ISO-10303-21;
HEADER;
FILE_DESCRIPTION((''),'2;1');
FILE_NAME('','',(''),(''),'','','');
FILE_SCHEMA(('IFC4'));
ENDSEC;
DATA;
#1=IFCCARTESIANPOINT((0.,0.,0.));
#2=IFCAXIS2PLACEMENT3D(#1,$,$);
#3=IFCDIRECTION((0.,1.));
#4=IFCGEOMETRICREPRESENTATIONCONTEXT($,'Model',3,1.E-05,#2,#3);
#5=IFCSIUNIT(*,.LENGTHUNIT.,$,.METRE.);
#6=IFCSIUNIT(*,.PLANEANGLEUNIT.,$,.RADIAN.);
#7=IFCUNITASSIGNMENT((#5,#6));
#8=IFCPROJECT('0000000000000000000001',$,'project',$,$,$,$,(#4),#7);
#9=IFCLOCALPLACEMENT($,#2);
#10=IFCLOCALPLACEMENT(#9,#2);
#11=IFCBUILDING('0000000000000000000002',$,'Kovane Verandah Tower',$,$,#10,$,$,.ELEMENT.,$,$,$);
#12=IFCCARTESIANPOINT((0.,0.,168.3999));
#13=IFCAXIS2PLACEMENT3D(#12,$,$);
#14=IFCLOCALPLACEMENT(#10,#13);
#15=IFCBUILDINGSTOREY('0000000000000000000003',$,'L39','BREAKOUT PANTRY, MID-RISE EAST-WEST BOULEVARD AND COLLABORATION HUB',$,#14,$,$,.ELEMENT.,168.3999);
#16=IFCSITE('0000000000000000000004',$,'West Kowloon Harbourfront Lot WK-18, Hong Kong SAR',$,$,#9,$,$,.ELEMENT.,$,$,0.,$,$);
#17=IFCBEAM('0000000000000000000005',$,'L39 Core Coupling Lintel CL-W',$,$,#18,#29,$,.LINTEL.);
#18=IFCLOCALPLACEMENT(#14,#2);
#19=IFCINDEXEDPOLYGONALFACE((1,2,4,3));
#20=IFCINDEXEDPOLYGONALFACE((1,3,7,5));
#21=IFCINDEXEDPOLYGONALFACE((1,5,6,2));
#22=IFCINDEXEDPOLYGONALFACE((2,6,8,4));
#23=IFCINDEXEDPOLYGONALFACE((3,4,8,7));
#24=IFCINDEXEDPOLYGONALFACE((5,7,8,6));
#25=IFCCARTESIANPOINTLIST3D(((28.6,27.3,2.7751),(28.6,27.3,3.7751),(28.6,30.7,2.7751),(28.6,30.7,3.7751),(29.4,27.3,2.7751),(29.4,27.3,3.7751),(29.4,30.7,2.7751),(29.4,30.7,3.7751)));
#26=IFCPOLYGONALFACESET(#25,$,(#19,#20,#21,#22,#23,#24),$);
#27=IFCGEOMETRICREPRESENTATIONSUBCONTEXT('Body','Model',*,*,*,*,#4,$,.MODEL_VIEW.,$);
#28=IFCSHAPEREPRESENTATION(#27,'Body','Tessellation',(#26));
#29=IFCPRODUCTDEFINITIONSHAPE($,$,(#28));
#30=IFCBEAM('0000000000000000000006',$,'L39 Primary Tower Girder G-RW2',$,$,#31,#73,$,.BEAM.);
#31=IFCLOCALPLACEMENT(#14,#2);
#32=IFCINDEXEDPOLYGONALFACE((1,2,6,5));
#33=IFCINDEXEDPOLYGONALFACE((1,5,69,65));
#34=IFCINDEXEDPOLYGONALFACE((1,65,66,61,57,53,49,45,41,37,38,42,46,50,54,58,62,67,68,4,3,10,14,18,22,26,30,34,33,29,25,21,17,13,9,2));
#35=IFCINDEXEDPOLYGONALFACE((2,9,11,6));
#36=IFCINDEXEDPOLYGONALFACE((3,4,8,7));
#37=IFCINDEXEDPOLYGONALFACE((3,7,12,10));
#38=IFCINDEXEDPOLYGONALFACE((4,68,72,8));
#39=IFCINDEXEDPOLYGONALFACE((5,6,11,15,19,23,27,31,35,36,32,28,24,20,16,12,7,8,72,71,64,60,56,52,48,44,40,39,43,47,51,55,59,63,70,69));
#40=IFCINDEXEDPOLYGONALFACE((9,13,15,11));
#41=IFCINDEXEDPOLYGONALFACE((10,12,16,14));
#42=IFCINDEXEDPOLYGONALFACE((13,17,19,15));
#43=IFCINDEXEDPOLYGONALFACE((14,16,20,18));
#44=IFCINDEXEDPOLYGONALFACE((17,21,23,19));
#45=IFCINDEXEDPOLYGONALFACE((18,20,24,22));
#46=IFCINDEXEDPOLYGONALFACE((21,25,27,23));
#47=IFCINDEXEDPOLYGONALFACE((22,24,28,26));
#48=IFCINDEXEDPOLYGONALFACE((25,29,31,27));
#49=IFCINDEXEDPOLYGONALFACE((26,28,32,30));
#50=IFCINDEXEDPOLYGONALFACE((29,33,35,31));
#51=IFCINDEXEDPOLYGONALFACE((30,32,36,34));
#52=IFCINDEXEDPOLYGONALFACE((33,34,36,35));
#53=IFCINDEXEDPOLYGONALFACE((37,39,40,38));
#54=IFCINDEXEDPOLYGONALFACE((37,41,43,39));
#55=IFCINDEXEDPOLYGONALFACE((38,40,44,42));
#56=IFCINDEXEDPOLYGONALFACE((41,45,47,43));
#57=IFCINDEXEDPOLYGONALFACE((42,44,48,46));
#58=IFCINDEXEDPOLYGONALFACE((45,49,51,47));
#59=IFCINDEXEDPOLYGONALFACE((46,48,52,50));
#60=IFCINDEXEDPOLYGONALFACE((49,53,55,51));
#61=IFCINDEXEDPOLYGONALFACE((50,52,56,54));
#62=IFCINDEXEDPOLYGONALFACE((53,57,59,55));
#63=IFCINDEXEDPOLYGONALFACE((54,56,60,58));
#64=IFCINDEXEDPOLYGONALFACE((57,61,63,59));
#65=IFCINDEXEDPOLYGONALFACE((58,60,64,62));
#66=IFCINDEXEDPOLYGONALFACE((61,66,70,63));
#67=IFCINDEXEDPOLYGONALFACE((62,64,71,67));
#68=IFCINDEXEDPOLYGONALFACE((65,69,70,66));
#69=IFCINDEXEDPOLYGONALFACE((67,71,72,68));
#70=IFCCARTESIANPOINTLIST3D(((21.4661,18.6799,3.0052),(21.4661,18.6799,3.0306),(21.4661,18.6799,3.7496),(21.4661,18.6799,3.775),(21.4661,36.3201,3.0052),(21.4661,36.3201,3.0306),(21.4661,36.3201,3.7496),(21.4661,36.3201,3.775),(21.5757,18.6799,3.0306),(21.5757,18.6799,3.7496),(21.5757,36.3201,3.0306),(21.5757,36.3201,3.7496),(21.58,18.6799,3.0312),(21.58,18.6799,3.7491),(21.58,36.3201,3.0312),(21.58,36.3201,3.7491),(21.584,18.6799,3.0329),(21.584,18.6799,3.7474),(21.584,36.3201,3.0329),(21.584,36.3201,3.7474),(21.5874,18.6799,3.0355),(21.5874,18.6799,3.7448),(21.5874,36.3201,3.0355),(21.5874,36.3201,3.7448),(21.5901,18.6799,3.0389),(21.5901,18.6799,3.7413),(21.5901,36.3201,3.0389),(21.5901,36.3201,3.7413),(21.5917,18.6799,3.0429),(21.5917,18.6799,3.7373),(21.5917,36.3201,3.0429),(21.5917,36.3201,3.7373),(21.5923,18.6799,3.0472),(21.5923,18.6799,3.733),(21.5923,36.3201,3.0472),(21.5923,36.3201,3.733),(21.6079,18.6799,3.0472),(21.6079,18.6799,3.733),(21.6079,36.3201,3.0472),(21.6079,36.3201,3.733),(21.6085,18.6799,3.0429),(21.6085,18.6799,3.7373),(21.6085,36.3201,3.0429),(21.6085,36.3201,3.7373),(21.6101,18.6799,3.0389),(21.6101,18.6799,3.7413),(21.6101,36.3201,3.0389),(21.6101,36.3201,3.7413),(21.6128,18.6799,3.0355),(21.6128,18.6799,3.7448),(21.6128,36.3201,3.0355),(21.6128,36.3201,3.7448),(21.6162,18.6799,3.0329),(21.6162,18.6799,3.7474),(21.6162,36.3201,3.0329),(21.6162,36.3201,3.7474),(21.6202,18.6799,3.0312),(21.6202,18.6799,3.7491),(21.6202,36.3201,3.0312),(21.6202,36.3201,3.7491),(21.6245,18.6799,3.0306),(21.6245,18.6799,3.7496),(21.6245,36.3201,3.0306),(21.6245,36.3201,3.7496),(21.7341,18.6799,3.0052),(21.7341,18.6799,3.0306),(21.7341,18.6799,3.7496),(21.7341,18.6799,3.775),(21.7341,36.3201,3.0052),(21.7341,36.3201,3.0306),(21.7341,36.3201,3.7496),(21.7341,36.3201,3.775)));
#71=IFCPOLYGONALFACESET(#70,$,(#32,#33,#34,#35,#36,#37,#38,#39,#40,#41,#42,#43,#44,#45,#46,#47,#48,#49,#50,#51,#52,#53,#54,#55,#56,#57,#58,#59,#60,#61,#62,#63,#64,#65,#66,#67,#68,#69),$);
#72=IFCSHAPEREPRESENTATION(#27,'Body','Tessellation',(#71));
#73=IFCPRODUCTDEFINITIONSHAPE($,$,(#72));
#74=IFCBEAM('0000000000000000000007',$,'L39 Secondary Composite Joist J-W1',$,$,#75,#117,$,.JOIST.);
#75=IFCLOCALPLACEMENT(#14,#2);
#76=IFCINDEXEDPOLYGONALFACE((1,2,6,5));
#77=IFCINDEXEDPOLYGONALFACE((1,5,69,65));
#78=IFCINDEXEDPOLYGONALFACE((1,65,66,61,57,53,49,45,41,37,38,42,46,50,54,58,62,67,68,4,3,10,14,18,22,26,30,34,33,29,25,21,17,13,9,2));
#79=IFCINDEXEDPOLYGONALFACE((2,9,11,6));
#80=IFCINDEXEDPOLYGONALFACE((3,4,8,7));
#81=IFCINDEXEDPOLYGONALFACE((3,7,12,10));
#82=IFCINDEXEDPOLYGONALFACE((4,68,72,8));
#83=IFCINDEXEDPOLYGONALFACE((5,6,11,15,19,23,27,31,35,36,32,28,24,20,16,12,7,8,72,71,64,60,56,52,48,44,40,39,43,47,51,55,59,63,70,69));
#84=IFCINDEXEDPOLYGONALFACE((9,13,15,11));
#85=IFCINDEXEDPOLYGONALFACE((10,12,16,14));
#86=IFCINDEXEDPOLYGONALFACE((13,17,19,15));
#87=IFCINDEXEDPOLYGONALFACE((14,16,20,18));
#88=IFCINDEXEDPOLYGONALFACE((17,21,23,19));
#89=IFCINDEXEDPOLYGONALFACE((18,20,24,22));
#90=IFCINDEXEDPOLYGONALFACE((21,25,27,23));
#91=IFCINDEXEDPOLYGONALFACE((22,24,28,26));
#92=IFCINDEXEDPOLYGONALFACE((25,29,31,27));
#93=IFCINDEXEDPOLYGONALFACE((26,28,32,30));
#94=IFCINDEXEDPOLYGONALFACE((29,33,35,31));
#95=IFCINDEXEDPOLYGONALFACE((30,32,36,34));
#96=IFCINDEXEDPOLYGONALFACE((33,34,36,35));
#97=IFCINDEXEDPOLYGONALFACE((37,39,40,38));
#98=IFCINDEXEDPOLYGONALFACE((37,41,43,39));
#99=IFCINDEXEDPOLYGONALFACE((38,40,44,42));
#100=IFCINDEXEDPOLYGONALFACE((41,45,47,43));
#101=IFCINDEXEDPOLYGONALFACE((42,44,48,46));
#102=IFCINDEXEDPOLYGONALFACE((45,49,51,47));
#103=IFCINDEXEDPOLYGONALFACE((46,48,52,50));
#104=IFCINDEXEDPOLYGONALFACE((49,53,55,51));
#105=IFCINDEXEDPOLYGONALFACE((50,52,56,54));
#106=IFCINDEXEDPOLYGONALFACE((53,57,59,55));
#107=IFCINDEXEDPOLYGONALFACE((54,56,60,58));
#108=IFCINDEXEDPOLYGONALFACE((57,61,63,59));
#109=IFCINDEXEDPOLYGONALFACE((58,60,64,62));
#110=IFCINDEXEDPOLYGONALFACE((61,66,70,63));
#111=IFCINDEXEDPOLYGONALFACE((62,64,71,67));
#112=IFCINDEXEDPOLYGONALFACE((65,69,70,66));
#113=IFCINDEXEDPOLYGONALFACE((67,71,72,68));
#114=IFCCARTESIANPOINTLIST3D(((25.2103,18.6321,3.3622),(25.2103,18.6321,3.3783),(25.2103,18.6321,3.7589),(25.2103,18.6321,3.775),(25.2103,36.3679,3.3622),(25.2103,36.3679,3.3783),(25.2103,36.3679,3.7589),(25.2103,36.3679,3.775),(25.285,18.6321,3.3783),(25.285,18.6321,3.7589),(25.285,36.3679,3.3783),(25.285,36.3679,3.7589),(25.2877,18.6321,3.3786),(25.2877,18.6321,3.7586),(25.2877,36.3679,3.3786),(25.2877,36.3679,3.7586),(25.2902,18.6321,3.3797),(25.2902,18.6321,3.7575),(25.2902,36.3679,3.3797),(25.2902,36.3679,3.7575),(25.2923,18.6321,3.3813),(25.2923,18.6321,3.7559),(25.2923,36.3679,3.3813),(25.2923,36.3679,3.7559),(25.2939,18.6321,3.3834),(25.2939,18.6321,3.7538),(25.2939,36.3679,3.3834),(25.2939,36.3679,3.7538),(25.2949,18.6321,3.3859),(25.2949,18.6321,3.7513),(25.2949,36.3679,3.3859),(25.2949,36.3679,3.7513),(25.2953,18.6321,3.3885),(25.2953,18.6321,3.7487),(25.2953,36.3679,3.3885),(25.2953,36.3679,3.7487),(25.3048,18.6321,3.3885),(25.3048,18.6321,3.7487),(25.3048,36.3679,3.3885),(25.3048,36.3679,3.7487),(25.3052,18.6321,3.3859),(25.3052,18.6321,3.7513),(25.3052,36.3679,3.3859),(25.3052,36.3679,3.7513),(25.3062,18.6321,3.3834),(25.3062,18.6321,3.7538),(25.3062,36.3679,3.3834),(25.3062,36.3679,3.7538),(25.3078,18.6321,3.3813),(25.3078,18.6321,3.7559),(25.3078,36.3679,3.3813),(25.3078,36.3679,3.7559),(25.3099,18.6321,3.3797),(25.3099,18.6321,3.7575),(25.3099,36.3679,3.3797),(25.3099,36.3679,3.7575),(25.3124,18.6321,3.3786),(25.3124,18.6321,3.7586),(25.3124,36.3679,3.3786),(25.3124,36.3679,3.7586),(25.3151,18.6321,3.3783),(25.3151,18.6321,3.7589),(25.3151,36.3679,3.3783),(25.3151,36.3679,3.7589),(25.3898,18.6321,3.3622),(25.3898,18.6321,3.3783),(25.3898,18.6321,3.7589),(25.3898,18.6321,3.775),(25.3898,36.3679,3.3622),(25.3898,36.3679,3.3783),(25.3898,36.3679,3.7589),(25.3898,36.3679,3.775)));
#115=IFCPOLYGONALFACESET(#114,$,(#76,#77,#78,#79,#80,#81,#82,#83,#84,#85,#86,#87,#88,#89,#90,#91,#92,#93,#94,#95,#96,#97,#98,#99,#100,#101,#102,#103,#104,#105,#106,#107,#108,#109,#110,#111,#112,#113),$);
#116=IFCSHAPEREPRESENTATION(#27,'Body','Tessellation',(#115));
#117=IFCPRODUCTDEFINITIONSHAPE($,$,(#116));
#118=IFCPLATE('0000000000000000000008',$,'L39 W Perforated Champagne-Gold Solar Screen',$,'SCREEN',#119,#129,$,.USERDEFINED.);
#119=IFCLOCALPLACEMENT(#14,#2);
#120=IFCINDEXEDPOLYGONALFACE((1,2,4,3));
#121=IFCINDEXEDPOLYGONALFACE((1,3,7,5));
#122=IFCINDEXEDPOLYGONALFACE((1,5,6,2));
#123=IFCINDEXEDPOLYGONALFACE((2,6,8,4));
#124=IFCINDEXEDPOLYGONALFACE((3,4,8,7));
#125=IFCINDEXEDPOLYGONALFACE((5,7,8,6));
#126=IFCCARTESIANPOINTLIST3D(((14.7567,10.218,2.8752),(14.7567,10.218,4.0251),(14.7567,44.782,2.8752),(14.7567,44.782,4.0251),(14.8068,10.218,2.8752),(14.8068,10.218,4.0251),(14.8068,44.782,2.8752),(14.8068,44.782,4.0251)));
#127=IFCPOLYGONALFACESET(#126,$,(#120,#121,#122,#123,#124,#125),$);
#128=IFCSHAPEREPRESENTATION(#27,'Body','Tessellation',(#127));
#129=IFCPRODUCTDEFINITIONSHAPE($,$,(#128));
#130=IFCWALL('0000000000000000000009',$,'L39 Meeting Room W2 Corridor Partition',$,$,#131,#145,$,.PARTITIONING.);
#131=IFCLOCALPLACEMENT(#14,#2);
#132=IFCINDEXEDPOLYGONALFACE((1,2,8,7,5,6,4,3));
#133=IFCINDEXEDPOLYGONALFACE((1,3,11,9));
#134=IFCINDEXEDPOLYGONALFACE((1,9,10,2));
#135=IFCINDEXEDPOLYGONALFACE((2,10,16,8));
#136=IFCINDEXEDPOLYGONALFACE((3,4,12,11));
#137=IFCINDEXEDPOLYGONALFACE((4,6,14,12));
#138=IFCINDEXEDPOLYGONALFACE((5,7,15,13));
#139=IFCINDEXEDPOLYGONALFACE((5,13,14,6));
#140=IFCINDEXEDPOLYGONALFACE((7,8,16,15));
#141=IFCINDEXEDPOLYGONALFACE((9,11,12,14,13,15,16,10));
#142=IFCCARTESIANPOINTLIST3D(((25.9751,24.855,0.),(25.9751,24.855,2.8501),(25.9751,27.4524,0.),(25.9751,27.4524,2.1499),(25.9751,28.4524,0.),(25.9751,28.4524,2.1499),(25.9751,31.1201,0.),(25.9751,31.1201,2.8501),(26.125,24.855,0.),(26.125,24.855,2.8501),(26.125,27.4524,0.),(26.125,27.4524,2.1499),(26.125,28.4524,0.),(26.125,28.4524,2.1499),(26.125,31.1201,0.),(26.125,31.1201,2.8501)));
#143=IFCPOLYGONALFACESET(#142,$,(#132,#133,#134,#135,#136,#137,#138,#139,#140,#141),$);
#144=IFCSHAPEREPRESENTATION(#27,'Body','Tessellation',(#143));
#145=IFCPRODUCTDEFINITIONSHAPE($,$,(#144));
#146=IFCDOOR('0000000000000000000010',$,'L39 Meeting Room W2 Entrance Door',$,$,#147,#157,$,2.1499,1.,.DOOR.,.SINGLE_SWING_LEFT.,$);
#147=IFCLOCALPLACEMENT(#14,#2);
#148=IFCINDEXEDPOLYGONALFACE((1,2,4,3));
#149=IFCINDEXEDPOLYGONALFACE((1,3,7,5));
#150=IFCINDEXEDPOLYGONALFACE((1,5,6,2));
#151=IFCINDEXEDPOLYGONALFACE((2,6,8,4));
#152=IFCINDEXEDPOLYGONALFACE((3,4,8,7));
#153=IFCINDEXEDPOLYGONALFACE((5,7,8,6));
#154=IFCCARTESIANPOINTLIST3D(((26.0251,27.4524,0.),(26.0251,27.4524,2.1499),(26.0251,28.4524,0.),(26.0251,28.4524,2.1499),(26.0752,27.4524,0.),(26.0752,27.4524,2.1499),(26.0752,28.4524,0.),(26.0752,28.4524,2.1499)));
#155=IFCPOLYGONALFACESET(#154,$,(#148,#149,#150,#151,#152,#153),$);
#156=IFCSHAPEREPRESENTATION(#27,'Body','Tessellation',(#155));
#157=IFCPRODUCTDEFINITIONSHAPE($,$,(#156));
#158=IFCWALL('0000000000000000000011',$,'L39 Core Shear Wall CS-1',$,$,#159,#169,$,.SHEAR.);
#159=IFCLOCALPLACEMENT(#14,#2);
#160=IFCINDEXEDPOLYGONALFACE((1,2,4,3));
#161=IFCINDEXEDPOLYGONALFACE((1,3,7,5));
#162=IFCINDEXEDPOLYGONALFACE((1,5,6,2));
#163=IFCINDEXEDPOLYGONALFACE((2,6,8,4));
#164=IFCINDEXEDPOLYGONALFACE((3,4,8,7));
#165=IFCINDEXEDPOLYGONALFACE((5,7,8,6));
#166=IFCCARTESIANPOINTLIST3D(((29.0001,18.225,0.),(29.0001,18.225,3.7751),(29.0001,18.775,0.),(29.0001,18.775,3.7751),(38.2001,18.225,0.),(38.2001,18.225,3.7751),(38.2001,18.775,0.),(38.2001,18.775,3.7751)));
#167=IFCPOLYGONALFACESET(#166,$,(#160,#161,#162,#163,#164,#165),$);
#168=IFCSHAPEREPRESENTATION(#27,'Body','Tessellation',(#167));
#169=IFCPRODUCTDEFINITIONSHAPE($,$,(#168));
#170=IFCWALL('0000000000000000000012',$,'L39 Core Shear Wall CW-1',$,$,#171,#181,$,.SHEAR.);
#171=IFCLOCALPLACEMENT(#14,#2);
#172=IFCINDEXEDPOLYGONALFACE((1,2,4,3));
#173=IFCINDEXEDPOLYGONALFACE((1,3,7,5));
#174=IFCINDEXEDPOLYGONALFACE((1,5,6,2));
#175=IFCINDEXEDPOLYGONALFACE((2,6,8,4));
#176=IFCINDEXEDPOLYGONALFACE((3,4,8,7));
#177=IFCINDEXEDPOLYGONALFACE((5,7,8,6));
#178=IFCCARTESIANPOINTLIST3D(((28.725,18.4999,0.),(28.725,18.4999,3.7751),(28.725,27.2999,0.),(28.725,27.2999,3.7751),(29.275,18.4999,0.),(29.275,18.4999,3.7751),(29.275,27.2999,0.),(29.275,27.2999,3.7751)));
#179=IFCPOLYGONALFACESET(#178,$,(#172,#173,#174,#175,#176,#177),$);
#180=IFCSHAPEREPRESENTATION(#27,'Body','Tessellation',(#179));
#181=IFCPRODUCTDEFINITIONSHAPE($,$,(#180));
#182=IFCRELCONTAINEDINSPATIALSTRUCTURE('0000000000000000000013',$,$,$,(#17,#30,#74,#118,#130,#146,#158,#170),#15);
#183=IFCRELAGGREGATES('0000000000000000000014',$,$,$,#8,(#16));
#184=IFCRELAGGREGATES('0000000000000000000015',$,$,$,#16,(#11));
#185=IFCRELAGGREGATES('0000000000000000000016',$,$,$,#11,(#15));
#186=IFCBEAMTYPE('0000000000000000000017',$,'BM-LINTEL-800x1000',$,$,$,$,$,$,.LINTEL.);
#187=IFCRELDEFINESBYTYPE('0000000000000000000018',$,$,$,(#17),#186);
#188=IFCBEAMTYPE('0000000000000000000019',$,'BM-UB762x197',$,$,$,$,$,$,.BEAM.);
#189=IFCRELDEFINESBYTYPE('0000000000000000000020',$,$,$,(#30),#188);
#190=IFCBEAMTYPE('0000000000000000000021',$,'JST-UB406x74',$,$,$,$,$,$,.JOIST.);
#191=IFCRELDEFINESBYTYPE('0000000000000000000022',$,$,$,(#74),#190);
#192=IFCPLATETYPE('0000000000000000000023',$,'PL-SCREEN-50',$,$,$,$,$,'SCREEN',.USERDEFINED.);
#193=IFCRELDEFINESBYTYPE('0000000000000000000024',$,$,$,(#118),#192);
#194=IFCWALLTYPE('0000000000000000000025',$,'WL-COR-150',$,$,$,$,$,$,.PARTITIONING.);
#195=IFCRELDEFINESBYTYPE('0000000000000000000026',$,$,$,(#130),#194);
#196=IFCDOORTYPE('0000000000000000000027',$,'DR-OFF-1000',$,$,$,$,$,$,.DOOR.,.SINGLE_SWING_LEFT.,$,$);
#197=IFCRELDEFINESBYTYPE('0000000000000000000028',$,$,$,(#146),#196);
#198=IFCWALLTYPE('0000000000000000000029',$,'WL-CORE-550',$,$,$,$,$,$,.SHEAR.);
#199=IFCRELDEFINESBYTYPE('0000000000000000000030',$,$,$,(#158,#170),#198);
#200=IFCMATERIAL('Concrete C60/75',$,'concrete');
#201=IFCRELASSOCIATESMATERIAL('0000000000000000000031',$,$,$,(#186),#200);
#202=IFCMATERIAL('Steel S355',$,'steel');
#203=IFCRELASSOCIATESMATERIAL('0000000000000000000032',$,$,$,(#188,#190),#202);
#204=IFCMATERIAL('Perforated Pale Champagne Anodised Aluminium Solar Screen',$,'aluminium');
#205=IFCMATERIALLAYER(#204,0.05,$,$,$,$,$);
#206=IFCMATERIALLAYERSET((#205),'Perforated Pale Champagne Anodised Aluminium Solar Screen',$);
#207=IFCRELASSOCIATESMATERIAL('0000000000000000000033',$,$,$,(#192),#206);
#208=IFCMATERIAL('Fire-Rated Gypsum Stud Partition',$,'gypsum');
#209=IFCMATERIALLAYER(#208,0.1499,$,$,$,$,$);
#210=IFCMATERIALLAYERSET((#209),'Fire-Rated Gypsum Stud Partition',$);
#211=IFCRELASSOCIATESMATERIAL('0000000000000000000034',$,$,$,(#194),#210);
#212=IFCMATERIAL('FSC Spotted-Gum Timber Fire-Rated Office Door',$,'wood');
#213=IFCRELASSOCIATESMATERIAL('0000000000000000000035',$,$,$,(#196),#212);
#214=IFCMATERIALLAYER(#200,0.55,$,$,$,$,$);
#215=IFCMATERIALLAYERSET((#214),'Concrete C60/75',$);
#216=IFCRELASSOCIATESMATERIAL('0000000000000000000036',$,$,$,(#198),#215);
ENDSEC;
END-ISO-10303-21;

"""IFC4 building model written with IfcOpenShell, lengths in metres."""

from ifc_helpers import new_model, si_unit, direction, frame, frame_2d, origin, origin_2d, place, context, subcontext, project, spatial, rectangle, i_section, extrude, material, layer, layer_set, material_profile, profile_set, type_object, element, fill, save


model = new_model("IFC4")

# Units and contexts
model_context = context("Model", 3, precision=1e-05, world=origin(), true_north=direction((0.0, 1.0)))
body_context = subcontext(model_context, "Body", "Model", "MODEL_VIEW")
ifc_project = project(units=[si_unit("LENGTHUNIT", "METRE"), si_unit("PLANEANGLEUNIT", "RADIAN")], contexts=[model_context])

# Site, building, storey
site_placement = place(None, origin())
site = spatial("IfcSite", under=ifc_project, at=site_placement, Name="West Kowloon Harbourfront Lot WK-18, Hong Kong SAR", CompositionType="ELEMENT", RefElevation=0.0)
building_placement = place(site_placement, origin())
building = spatial("IfcBuilding", under=site, at=building_placement, Name="Kovane Verandah Tower", CompositionType="ELEMENT")
storey_placement = place(building_placement, frame((0.0, 0.0, 168.3999)))
storey = spatial("IfcBuildingStorey", under=building, at=storey_placement, Name="L39", Description="BREAKOUT PANTRY, MID-RISE EAST-WEST BOULEVARD AND COLLABORATION HUB", CompositionType="ELEMENT", Elevation=168.3999)

# Beams
ifc_material_1 = material(Name="Concrete C60/75", Category="concrete")
ifc_material_profile_1 = material_profile(ifc_material_1, rectangle(XDim=0.8, YDim=1.0, at=origin_2d()), Name="RCB800x1000")
ifc_profile_set_1 = profile_set([ifc_material_profile_1], Name="Concrete C60/75")
beam_type_1 = type_object("IfcBeamType", Name="BM-LINTEL-800x1000", PredefinedType="LINTEL", material=ifc_profile_set_1)
beam_1_placement = place(storey_placement, frame((29.0, 27.3, 3.2751), z_axis=(0.0, 1.0, 0.0), x_axis=(-1.0, 0.0, 0.0)))
element("IfcBeam", 1, at=beam_1_placement, inside=storey, type_object=beam_type_1, Name="L39 Core Coupling Lintel CL-W", PredefinedType="LINTEL", context=body_context, shape_type="SweptSolid", body=[
    extrude(rectangle(XDim=0.8, YDim=1.0, at=origin_2d()), origin(), (0.0, 0.0, 1.0), 3.3999),
])
ifc_material_2 = material(Name="Steel S355", Category="steel")
ifc_material_profile_2 = material_profile(ifc_material_2, i_section(OverallWidth=0.2681, OverallDepth=0.7698, WebThickness=0.0156, FlangeThickness=0.0254, FilletRadius=0.0166, at=origin_2d()), Name="UB762x267x197")
ifc_profile_set_2 = profile_set([ifc_material_profile_2], Name="Steel S355")
beam_type_2 = type_object("IfcBeamType", Name="BM-UB762x197", PredefinedType="BEAM", material=ifc_profile_set_2)
beam_2_placement = place(storey_placement, frame((21.6001, 18.6799, 3.3901), z_axis=(0.0, 1.0, 0.0), x_axis=(-1.0, 0.0, 0.0)))
element("IfcBeam", 2, at=beam_2_placement, inside=storey, type_object=beam_type_2, Name="L39 Primary Tower Girder G-RW2", PredefinedType="BEAM", context=body_context, shape_type="SweptSolid", body=[
    extrude(i_section(OverallWidth=0.2681, OverallDepth=0.7698, WebThickness=0.0156, FlangeThickness=0.0254, FilletRadius=0.0166, at=origin_2d()), origin(), (0.0, 0.0, 1.0), 17.6401),
])
ifc_material_profile_3 = material_profile(ifc_material_2, i_section(OverallWidth=0.1794, OverallDepth=0.4128, WebThickness=0.0095, FlangeThickness=0.0161, FilletRadius=0.0103, at=origin_2d()), Name="UB406x178x74")
ifc_profile_set_3 = profile_set([ifc_material_profile_3], Name="Steel S355")
beam_type_3 = type_object("IfcBeamType", Name="JST-UB406x74", PredefinedType="JOIST", material=ifc_profile_set_3)
beam_3_placement = place(storey_placement, frame((25.3, 18.6321, 3.5686), z_axis=(0.0, 1.0, 0.0), x_axis=(-1.0, 0.0, 0.0)))
element("IfcBeam", 3, at=beam_3_placement, inside=storey, type_object=beam_type_3, Name="L39 Secondary Composite Joist J-W1", PredefinedType="JOIST", context=body_context, shape_type="SweptSolid", body=[
    extrude(i_section(OverallWidth=0.1794, OverallDepth=0.4128, WebThickness=0.0095, FlangeThickness=0.0161, FilletRadius=0.0103, at=origin_2d()), origin(), (0.0, 0.0, 1.0), 17.7358),
])

# Plate
ifc_material_3 = material(Name="Perforated Pale Champagne Anodised Aluminium Solar Screen", Category="aluminium")
ifc_layer_1 = layer(ifc_material_3, 0.05)
ifc_layer_set_1 = layer_set([ifc_layer_1], Name="Perforated Pale Champagne Anodised Aluminium Solar Screen")
plate_type = type_object("IfcPlateType", Name="PL-SCREEN-50", ElementType="SCREEN", PredefinedType="USERDEFINED", material=ifc_layer_set_1)
plate_placement = place(storey_placement, frame((14.7817, 27.5, 2.8752), z_axis=(0.0, 0.0, 1.0), x_axis=(0.0, -1.0, 0.0)))
element("IfcPlate", 4, at=plate_placement, inside=storey, type_object=plate_type, Name="L39 W Perforated Champagne-Gold Solar Screen", ObjectType="SCREEN", PredefinedType="USERDEFINED", context=body_context, shape_type="SweptSolid", body=[
    extrude(rectangle(XDim=34.564, YDim=0.05, at=origin_2d()), origin(), (0.0, 0.0, 1.0), 1.1499),
])

# Wall, opening, door
ifc_material_4 = material(Name="Fire-Rated Gypsum Stud Partition", Category="gypsum")
ifc_layer_2 = layer(ifc_material_4, 0.1499)
ifc_layer_set_2 = layer_set([ifc_layer_2], Name="Fire-Rated Gypsum Stud Partition")
wall_type_1 = type_object("IfcWallType", Name="WL-COR-150", PredefinedType="PARTITIONING", material=ifc_layer_set_2)
wall_1_placement = place(storey_placement, frame((26.05, 24.855, 0.0), z_axis=(0.0, 0.0, 1.0), x_axis=(0.0, 1.0, 0.0)))
wall_1 = element("IfcWall", 5, at=wall_1_placement, inside=storey, type_object=wall_type_1, Name="L39 Meeting Room W2 Corridor Partition", PredefinedType="PARTITIONING", context=body_context, shape_type="SweptSolid", body=[
    extrude(rectangle(XDim=6.2651, YDim=0.1499, at=frame_2d((3.1326, 0.0))), origin(), (0.0, 0.0, 1.0), 2.8501),
])
opening_1_placement = place(wall_1_placement, frame((2.5974, 0.0, 0.0)))
opening_1 = element("IfcOpeningElement", 6, at=opening_1_placement, cuts=wall_1, PredefinedType="OPENING", context=body_context, shape_type="SweptSolid", body=[
    extrude(rectangle(XDim=1.0, YDim=2.1499, at=frame_2d((0.5, 1.075))), frame((0.0, 0.075, 0.0), z_axis=(0.0, -1.0, 0.0), x_axis=(1.0, 0.0, 0.0)), (0.0, 0.0, 1.0), 0.1499),
])
ifc_material_5 = material(Name="FSC Spotted-Gum Timber Fire-Rated Office Door", Category="wood")
door_type_1 = type_object("IfcDoorType", Name="DR-OFF-1000", OperationType="SINGLE_SWING_LEFT", PredefinedType="DOOR", material=ifc_material_5)
door_1_placement = place(opening_1_placement, origin())
door_1 = element("IfcDoor", 7, at=door_1_placement, inside=storey, type_object=door_type_1, Name="L39 Meeting Room W2 Entrance Door", OperationType="SINGLE_SWING_LEFT", OverallHeight=2.1499, OverallWidth=1.0, PredefinedType="DOOR", context=body_context, shape_type="SweptSolid", body=[
    extrude(rectangle(XDim=1.0, YDim=2.1499, at=frame_2d((0.5, 1.075))), frame((0.0, 0.0249, 0.0), z_axis=(0.0, -1.0, 0.0), x_axis=(1.0, 0.0, 0.0)), (0.0, 0.0, 1.0), 0.05),
])
fill(opening_1, door_1)

# Walls
ifc_layer_3 = layer(ifc_material_1, 0.55)
ifc_layer_set_3 = layer_set([ifc_layer_3], Name="Concrete C60/75")
wall_type_2 = type_object("IfcWallType", Name="WL-CORE-550", PredefinedType="SHEAR", material=ifc_layer_set_3)
wall_2_placement = place(storey_placement, frame((29.0, 18.5, 0.0), z_axis=(0.0, 0.0, 1.0), x_axis=(1.0, 0.0, 0.0)))
element("IfcWall", 8, at=wall_2_placement, inside=storey, type_object=wall_type_2, Name="L39 Core Shear Wall CS-1", PredefinedType="SHEAR", context=body_context, shape_type="SweptSolid", body=[
    extrude(rectangle(XDim=9.2, YDim=0.55, at=frame_2d((4.6001, 0.0))), origin(), (0.0, 0.0, 1.0), 3.7751),
])
wall_3_placement = place(storey_placement, frame((29.0, 18.5, 0.0), z_axis=(0.0, 0.0, 1.0), x_axis=(0.0, 1.0, 0.0)))
element("IfcWall", 9, at=wall_3_placement, inside=storey, type_object=wall_type_2, Name="L39 Core Shear Wall CW-1", PredefinedType="SHEAR", context=body_context, shape_type="SweptSolid", body=[
    extrude(rectangle(XDim=8.8, YDim=0.55, at=frame_2d((4.3999, 0.0))), origin(), (0.0, 0.0, 1.0), 3.7751),
])

save(model, "model.ifc")
